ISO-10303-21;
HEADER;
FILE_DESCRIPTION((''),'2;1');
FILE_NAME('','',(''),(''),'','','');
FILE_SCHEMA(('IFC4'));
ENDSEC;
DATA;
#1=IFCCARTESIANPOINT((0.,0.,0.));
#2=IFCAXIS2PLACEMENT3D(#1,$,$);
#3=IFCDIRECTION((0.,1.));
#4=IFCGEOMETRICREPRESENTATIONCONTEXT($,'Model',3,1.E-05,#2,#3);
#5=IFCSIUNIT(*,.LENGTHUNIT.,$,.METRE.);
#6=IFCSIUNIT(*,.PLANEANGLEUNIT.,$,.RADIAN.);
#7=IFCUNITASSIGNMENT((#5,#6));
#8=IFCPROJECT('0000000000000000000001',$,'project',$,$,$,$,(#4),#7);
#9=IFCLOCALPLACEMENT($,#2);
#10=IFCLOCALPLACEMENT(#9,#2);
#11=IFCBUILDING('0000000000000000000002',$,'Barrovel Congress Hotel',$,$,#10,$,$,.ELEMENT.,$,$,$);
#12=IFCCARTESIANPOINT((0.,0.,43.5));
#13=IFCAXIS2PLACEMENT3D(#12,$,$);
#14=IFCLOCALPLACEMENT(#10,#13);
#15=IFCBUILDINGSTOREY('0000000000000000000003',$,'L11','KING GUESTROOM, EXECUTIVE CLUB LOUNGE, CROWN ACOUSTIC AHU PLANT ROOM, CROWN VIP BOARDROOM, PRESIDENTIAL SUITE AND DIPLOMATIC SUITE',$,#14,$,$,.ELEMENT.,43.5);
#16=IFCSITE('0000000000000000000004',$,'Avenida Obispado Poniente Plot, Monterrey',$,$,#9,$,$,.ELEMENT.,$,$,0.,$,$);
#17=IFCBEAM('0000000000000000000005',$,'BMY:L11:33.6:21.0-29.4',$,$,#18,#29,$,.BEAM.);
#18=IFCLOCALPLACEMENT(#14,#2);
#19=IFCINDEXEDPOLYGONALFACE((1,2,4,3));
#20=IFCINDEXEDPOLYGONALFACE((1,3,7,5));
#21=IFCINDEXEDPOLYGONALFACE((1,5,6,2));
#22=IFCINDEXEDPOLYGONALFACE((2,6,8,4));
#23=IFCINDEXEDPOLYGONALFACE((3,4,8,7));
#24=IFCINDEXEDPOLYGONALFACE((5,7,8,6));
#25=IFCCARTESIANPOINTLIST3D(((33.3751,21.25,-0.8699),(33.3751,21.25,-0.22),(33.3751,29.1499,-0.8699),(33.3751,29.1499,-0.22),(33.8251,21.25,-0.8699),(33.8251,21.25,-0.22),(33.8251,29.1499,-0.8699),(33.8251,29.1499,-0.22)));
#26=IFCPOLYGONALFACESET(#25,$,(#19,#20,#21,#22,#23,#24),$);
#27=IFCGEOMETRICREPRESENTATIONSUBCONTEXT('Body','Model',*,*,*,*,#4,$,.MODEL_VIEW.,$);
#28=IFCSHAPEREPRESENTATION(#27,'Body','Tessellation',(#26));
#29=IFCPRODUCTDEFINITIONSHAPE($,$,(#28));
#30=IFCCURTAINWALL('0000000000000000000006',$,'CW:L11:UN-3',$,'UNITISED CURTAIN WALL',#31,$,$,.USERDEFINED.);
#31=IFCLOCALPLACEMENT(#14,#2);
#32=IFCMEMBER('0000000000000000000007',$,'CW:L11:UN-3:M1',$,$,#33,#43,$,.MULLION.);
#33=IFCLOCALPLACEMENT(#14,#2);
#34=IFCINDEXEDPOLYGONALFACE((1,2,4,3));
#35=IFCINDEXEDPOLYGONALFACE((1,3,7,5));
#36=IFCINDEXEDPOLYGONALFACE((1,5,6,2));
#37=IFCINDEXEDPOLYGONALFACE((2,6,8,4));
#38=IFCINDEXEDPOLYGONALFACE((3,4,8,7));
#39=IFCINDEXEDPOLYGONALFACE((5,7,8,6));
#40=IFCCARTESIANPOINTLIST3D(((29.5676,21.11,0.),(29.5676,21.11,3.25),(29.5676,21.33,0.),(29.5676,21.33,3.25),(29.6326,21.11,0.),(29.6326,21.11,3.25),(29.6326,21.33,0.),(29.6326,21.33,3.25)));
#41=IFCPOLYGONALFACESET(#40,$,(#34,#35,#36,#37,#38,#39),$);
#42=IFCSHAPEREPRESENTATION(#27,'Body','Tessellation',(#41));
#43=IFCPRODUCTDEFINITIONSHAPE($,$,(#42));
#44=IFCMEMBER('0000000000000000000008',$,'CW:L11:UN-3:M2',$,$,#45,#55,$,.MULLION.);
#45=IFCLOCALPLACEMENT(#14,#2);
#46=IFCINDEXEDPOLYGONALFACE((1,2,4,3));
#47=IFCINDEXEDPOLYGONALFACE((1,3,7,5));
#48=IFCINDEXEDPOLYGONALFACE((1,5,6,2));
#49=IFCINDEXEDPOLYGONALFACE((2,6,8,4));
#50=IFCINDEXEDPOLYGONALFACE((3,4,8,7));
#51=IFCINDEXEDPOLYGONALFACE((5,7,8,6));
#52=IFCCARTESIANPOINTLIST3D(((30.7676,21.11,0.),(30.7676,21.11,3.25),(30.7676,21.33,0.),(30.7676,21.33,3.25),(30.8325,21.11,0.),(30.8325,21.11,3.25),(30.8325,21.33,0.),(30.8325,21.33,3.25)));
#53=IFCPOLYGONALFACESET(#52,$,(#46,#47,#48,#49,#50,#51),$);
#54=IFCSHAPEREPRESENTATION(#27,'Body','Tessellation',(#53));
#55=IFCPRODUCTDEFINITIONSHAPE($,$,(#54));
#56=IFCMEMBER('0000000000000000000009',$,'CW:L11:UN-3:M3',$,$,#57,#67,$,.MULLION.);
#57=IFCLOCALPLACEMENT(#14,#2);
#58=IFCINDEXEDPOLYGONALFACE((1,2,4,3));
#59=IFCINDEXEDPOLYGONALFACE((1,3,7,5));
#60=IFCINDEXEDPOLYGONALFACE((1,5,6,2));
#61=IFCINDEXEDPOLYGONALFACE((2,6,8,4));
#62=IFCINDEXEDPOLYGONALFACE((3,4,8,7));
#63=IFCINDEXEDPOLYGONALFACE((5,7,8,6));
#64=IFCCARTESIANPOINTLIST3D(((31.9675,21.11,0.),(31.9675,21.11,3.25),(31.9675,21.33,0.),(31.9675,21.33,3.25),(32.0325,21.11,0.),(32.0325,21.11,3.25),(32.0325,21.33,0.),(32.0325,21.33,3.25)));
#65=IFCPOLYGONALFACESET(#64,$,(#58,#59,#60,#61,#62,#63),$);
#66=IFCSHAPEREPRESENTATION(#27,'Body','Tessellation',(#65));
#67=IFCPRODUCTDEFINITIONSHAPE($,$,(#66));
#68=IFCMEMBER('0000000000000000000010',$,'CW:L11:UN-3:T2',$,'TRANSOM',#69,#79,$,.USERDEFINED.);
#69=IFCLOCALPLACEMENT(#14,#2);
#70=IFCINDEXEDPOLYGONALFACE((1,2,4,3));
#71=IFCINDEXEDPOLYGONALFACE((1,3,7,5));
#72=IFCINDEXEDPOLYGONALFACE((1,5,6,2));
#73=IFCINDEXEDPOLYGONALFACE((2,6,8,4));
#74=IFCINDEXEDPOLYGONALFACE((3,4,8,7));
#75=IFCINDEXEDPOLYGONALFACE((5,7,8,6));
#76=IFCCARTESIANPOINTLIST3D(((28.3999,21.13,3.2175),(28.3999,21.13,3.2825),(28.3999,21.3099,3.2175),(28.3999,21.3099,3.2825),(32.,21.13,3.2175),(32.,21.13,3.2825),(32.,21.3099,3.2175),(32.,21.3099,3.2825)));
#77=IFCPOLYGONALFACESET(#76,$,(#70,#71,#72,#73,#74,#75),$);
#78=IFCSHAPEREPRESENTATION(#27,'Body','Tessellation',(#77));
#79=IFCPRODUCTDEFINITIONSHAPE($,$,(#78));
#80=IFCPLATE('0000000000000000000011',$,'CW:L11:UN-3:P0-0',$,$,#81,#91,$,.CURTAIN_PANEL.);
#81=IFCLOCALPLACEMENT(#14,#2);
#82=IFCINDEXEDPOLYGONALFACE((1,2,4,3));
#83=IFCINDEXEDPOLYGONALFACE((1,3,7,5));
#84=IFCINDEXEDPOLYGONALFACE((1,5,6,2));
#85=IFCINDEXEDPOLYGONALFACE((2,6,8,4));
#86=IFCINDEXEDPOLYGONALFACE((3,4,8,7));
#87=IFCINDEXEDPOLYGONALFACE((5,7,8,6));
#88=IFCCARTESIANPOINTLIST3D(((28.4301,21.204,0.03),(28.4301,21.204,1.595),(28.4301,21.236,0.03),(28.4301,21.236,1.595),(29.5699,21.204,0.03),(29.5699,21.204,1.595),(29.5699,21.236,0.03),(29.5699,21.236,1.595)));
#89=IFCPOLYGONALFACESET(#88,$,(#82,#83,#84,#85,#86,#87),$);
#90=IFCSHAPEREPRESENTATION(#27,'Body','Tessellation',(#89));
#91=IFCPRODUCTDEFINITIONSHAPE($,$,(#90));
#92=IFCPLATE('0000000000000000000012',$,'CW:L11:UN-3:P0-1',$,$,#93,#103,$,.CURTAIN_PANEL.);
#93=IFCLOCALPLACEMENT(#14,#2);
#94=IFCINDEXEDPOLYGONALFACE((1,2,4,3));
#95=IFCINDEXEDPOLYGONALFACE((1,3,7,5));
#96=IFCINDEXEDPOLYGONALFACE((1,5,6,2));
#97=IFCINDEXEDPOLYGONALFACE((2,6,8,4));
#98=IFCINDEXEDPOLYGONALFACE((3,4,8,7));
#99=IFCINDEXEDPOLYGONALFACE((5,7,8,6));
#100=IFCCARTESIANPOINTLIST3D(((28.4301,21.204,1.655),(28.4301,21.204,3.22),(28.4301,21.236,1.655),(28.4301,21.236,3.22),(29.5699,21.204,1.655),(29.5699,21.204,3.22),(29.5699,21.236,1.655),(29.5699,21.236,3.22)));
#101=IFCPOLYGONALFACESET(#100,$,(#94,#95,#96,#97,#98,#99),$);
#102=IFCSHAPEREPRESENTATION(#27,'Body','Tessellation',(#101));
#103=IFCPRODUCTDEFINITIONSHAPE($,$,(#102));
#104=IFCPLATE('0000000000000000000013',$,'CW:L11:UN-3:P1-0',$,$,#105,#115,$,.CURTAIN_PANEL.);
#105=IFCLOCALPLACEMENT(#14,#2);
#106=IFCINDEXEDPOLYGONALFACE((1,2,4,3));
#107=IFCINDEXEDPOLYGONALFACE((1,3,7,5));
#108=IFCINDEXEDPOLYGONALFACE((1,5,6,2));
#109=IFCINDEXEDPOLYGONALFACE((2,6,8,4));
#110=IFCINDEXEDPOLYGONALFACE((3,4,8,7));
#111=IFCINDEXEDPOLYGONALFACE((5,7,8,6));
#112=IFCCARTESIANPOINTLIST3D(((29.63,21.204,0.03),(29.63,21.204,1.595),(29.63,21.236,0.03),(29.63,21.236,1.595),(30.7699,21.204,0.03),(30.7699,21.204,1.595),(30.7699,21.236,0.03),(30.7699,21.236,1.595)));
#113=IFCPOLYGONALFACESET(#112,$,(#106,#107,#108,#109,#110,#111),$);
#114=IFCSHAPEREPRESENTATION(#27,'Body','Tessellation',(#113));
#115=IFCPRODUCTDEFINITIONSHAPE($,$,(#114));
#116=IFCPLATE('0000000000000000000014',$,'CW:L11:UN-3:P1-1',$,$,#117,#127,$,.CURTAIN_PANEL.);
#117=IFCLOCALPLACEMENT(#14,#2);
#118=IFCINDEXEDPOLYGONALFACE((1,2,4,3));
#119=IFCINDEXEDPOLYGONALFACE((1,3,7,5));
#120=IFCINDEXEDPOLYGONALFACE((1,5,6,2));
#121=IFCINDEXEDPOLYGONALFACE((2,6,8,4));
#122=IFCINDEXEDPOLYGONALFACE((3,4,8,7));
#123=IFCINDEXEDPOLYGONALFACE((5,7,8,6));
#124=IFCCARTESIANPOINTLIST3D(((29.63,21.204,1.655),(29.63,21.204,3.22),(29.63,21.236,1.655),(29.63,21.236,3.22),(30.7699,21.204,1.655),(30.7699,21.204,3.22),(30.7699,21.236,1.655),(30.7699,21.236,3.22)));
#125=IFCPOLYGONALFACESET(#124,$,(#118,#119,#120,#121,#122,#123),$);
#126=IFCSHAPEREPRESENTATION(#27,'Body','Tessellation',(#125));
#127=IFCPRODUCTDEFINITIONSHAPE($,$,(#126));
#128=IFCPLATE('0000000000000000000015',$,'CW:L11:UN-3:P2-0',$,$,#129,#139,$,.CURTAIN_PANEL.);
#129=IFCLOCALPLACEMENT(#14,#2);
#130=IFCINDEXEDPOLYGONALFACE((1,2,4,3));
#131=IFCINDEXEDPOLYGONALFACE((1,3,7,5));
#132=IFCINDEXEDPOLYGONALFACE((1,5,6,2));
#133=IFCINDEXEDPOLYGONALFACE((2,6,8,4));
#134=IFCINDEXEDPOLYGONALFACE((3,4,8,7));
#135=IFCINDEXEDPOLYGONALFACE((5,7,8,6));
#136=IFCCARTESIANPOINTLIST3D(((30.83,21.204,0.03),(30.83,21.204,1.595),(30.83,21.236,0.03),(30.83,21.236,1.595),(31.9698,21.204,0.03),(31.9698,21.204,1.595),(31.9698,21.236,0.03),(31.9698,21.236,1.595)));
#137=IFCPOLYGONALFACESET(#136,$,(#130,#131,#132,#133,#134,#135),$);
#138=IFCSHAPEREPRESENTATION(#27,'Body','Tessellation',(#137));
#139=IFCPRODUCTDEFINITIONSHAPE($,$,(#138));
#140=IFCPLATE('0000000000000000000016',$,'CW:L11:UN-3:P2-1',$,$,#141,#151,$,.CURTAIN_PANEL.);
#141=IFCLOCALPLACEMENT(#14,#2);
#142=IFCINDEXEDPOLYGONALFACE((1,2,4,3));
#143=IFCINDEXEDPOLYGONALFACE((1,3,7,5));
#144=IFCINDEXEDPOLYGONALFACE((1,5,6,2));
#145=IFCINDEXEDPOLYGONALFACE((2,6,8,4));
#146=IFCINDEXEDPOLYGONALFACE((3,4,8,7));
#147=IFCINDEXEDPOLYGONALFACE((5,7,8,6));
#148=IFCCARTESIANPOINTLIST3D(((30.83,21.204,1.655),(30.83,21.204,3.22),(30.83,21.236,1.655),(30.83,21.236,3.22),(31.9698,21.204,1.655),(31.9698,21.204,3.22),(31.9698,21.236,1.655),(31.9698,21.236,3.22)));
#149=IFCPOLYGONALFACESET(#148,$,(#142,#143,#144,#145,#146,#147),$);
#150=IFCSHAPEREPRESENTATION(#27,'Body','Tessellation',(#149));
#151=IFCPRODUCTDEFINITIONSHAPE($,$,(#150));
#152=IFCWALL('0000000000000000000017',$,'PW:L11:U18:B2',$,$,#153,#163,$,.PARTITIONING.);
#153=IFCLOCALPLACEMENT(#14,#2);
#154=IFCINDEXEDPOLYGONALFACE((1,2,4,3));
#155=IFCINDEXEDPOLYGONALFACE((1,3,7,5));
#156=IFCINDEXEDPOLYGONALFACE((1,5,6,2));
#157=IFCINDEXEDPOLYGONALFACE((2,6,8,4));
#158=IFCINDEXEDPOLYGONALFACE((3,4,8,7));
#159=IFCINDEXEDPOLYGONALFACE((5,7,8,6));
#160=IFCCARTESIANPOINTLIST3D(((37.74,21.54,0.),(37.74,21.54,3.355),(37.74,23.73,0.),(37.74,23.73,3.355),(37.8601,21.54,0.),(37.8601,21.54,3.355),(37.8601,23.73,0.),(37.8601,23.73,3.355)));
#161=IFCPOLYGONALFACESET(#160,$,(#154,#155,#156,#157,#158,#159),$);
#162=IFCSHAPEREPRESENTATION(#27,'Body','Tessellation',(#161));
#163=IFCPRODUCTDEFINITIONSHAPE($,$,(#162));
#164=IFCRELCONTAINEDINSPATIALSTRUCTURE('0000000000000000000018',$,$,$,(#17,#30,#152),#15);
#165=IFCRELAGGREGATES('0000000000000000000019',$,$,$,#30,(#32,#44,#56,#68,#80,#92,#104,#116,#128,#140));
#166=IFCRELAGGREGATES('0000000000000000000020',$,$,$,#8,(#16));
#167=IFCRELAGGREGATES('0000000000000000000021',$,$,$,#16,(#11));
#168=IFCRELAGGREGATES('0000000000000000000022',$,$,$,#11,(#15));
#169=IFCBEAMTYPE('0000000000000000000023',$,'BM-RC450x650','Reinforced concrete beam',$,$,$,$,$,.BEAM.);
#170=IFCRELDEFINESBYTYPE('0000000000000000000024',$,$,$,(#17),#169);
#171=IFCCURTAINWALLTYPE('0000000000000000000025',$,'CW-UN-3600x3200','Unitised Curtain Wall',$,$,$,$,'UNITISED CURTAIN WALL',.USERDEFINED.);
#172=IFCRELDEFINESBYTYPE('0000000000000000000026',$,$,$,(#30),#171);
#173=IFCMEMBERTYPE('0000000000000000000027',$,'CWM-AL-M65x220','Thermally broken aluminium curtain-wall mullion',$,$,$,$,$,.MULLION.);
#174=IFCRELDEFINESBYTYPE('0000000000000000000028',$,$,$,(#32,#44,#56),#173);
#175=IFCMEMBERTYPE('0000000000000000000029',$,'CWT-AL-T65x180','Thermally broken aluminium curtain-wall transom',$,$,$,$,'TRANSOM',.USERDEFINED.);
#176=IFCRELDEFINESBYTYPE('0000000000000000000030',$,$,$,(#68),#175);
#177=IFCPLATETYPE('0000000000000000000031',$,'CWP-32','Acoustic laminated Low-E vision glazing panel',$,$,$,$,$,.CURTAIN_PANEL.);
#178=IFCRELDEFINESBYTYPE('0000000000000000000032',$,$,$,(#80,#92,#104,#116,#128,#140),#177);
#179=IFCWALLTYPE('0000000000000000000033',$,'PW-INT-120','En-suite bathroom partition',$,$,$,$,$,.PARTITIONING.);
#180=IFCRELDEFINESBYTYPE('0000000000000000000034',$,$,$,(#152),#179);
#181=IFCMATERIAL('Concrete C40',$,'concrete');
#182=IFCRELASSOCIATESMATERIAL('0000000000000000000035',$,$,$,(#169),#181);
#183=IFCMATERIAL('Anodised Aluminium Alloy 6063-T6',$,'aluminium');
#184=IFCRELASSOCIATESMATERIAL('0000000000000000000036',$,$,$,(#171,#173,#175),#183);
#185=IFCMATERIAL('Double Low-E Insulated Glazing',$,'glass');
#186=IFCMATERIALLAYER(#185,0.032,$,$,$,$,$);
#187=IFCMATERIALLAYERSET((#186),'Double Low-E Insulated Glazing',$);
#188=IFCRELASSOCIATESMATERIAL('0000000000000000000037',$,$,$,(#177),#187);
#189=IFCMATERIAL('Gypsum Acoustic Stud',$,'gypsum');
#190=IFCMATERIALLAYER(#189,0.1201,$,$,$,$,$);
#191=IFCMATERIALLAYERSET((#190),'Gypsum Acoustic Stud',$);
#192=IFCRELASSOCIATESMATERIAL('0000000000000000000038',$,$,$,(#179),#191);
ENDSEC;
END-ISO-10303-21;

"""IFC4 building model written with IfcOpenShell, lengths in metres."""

from ifc_helpers import new_model, si_unit, direction, frame, frame_2d, origin, origin_2d, place, context, subcontext, project, spatial, rectangle, extrude, material, layer, layer_set, material_profile, profile_set, type_object, element, aggregate, save


model = new_model("IFC4")

# Units and contexts
model_context = context("Model", 3, precision=1e-05, world=origin(), true_north=direction((0.0, 1.0)))
body_context = subcontext(model_context, "Body", "Model", "MODEL_VIEW")
ifc_project = project(units=[si_unit("LENGTHUNIT", "METRE"), si_unit("PLANEANGLEUNIT", "RADIAN")], contexts=[model_context])

# Site, building, storey
site_placement = place(None, origin())
site = spatial("IfcSite", under=ifc_project, at=site_placement, Name="Avenida Obispado Poniente Plot, Monterrey", CompositionType="ELEMENT", RefElevation=0.0)
building_placement = place(site_placement, origin())
building = spatial("IfcBuilding", under=site, at=building_placement, Name="Barrovel Congress Hotel", CompositionType="ELEMENT")
storey_placement = place(building_placement, frame((0.0, 0.0, 43.5)))
storey = spatial("IfcBuildingStorey", under=building, at=storey_placement, Name="L11", Description="KING GUESTROOM, EXECUTIVE CLUB LOUNGE, CROWN ACOUSTIC AHU PLANT ROOM, CROWN VIP BOARDROOM, PRESIDENTIAL SUITE AND DIPLOMATIC SUITE", CompositionType="ELEMENT", Elevation=43.5)

# Beam
ifc_material_1 = material(Name="Concrete C40", Category="concrete")
ifc_material_profile_1 = material_profile(ifc_material_1, rectangle(XDim=0.45, YDim=0.6499, at=origin_2d()), Name="RC450x650")
ifc_profile_set_1 = profile_set([ifc_material_profile_1], Name="Concrete C40")
beam_type = type_object("IfcBeamType", Name="BM-RC450x650", Description="Reinforced concrete beam", PredefinedType="BEAM", material=ifc_profile_set_1)
beam_placement = place(storey_placement, frame((33.6001, 21.25, -0.5449), z_axis=(0.0, 1.0, 0.0), x_axis=(-1.0, 0.0, 0.0)))
element("IfcBeam", 1, at=beam_placement, inside=storey, type_object=beam_type, Name="BMY:L11:33.6:21.0-29.4", PredefinedType="BEAM", context=body_context, shape_type="SweptSolid", body=[
    extrude(rectangle(XDim=0.45, YDim=0.6499, at=origin_2d()), origin(), (0.0, 0.0, 1.0), 7.8999),
])

# Curtain wall, members, plates
ifc_material_2 = material(Name="Anodised Aluminium Alloy 6063-T6", Category="aluminium")
curtain_wall_type = type_object("IfcCurtainWallType", Name="CW-UN-3600x3200", Description="Unitised Curtain Wall", ElementType="UNITISED CURTAIN WALL", PredefinedType="USERDEFINED", material=ifc_material_2)
curtain_wall_placement = place(storey_placement, origin())
curtain_wall = element("IfcCurtainWall", 2, at=curtain_wall_placement, inside=storey, type_object=curtain_wall_type, Name="CW:L11:UN-3", ObjectType="UNITISED CURTAIN WALL", PredefinedType="USERDEFINED")
ifc_material_profile_2 = material_profile(ifc_material_2, rectangle(XDim=0.0649, YDim=0.22, at=origin_2d()), Name="AL-M65x220")
ifc_profile_set_2 = profile_set([ifc_material_profile_2], Name="Anodised Aluminium Alloy 6063-T6")
member_type_1 = type_object("IfcMemberType", Name="CWM-AL-M65x220", Description="Thermally broken aluminium curtain-wall mullion", PredefinedType="MULLION", material=ifc_profile_set_2)
member_1_placement = place(storey_placement, frame((29.6001, 21.22, 0.0), z_axis=(0.0, 0.0, 1.0), x_axis=(1.0, 0.0, 0.0)))
member_1 = element("IfcMember", 3, at=member_1_placement, type_object=member_type_1, Name="CW:L11:UN-3:M1", PredefinedType="MULLION", context=body_context, shape_type="SweptSolid", body=[
    extrude(rectangle(XDim=0.0649, YDim=0.22, at=origin_2d()), origin(), (0.0, 0.0, 1.0), 3.25),
])
member_2_placement = place(storey_placement, frame((30.8, 21.22, 0.0), z_axis=(0.0, 0.0, 1.0), x_axis=(1.0, 0.0, 0.0)))
member_2 = element("IfcMember", 4, at=member_2_placement, type_object=member_type_1, Name="CW:L11:UN-3:M2", PredefinedType="MULLION", context=body_context, shape_type="SweptSolid", body=[
    extrude(rectangle(XDim=0.0649, YDim=0.22, at=origin_2d()), origin(), (0.0, 0.0, 1.0), 3.25),
])
member_3_placement = place(storey_placement, frame((32.0, 21.22, 0.0), z_axis=(0.0, 0.0, 1.0), x_axis=(1.0, 0.0, 0.0)))
member_3 = element("IfcMember", 5, at=member_3_placement, type_object=member_type_1, Name="CW:L11:UN-3:M3", PredefinedType="MULLION", context=body_context, shape_type="SweptSolid", body=[
    extrude(rectangle(XDim=0.0649, YDim=0.22, at=origin_2d()), origin(), (0.0, 0.0, 1.0), 3.25),
])
ifc_material_profile_3 = material_profile(ifc_material_2, rectangle(XDim=0.1799, YDim=0.0649, at=origin_2d()), Name="AL-T65x180")
ifc_profile_set_3 = profile_set([ifc_material_profile_3], Name="Anodised Aluminium Alloy 6063-T6")
member_type_2 = type_object("IfcMemberType", Name="CWT-AL-T65x180", Description="Thermally broken aluminium curtain-wall transom", ElementType="TRANSOM", PredefinedType="USERDEFINED", material=ifc_profile_set_3)
member_4_placement = place(storey_placement, frame((28.3999, 21.22, 3.25), z_axis=(1.0, 0.0, 0.0), x_axis=(0.0, 1.0, 0.0)))
member_4 = element("IfcMember", 6, at=member_4_placement, type_object=member_type_2, Name="CW:L11:UN-3:T2", ObjectType="TRANSOM", PredefinedType="USERDEFINED", context=body_context, shape_type="SweptSolid", body=[
    extrude(rectangle(XDim=0.1799, YDim=0.0649, at=origin_2d()), origin(), (0.0, 0.0, 1.0), 3.6001),
])
ifc_material_3 = material(Name="Double Low-E Insulated Glazing", Category="glass")
ifc_layer_1 = layer(ifc_material_3, 0.032)
ifc_layer_set_1 = layer_set([ifc_layer_1], Name="Double Low-E Insulated Glazing")
plate_type = type_object("IfcPlateType", Name="CWP-32", Description="Acoustic laminated Low-E vision glazing panel", PredefinedType="CURTAIN_PANEL", material=ifc_layer_set_1)
plate_1_placement = place(storey_placement, frame((29.0, 21.22, 0.03), z_axis=(0.0, 0.0, 1.0), x_axis=(1.0, 0.0, 0.0)))
plate_1 = element("IfcPlate", 7, at=plate_1_placement, type_object=plate_type, Name="CW:L11:UN-3:P0-0", PredefinedType="CURTAIN_PANEL", context=body_context, shape_type="SweptSolid", body=[
    extrude(rectangle(XDim=1.1399, YDim=0.032, at=origin_2d()), origin(), (0.0, 0.0, 1.0), 1.5649),
])
plate_2_placement = place(storey_placement, frame((29.0, 21.22, 1.655), z_axis=(0.0, 0.0, 1.0), x_axis=(1.0, 0.0, 0.0)))
plate_2 = element("IfcPlate", 8, at=plate_2_placement, type_object=plate_type, Name="CW:L11:UN-3:P0-1", PredefinedType="CURTAIN_PANEL", context=body_context, shape_type="SweptSolid", body=[
    extrude(rectangle(XDim=1.1399, YDim=0.032, at=origin_2d()), origin(), (0.0, 0.0, 1.0), 1.5649),
])
plate_3_placement = place(storey_placement, frame((30.2, 21.22, 0.03), z_axis=(0.0, 0.0, 1.0), x_axis=(1.0, 0.0, 0.0)))
plate_3 = element("IfcPlate", 9, at=plate_3_placement, type_object=plate_type, Name="CW:L11:UN-3:P1-0", PredefinedType="CURTAIN_PANEL", context=body_context, shape_type="SweptSolid", body=[
    extrude(rectangle(XDim=1.1399, YDim=0.032, at=origin_2d()), origin(), (0.0, 0.0, 1.0), 1.5649),
])
plate_4_placement = place(storey_placement, frame((30.2, 21.22, 1.655), z_axis=(0.0, 0.0, 1.0), x_axis=(1.0, 0.0, 0.0)))
plate_4 = element("IfcPlate", 10, at=plate_4_placement, type_object=plate_type, Name="CW:L11:UN-3:P1-1", PredefinedType="CURTAIN_PANEL", context=body_context, shape_type="SweptSolid", body=[
    extrude(rectangle(XDim=1.1399, YDim=0.032, at=origin_2d()), origin(), (0.0, 0.0, 1.0), 1.5649),
])
plate_5_placement = place(storey_placement, frame((31.3999, 21.22, 0.03), z_axis=(0.0, 0.0, 1.0), x_axis=(1.0, 0.0, 0.0)))
plate_5 = element("IfcPlate", 11, at=plate_5_placement, type_object=plate_type, Name="CW:L11:UN-3:P2-0", PredefinedType="CURTAIN_PANEL", context=body_context, shape_type="SweptSolid", body=[
    extrude(rectangle(XDim=1.1399, YDim=0.032, at=origin_2d()), origin(), (0.0, 0.0, 1.0), 1.5649),
])
plate_6_placement = place(storey_placement, frame((31.3999, 21.22, 1.655), z_axis=(0.0, 0.0, 1.0), x_axis=(1.0, 0.0, 0.0)))
plate_6 = element("IfcPlate", 12, at=plate_6_placement, type_object=plate_type, Name="CW:L11:UN-3:P2-1", PredefinedType="CURTAIN_PANEL", context=body_context, shape_type="SweptSolid", body=[
    extrude(rectangle(XDim=1.1399, YDim=0.032, at=origin_2d()), origin(), (0.0, 0.0, 1.0), 1.5649),
])
aggregate(curtain_wall, [member_1, member_2, member_3, member_4, plate_1, plate_2, plate_3, plate_4, plate_5, plate_6])

# Wall
ifc_material_4 = material(Name="Gypsum Acoustic Stud", Category="gypsum")
ifc_layer_2 = layer(ifc_material_4, 0.1201)
ifc_layer_set_2 = layer_set([ifc_layer_2], Name="Gypsum Acoustic Stud")
wall_type_1 = type_object("IfcWallType", Name="PW-INT-120", Description="En-suite bathroom partition", PredefinedType="PARTITIONING", material=ifc_layer_set_2)
wall_1_placement = place(storey_placement, frame((37.8, 21.54, 0.0), z_axis=(0.0, 0.0, 1.0), x_axis=(0.0, 1.0, 0.0)))
element("IfcWall", 13, at=wall_1_placement, inside=storey, type_object=wall_type_1, Name="PW:L11:U18:B2", PredefinedType="PARTITIONING", context=body_context, shape_type="SweptSolid", body=[
    extrude(rectangle(XDim=2.1899, YDim=0.1201, at=frame_2d((1.095, 0.0))), origin(), (0.0, 0.0, 1.0), 3.355),
])

save(model, "model.ifc")
